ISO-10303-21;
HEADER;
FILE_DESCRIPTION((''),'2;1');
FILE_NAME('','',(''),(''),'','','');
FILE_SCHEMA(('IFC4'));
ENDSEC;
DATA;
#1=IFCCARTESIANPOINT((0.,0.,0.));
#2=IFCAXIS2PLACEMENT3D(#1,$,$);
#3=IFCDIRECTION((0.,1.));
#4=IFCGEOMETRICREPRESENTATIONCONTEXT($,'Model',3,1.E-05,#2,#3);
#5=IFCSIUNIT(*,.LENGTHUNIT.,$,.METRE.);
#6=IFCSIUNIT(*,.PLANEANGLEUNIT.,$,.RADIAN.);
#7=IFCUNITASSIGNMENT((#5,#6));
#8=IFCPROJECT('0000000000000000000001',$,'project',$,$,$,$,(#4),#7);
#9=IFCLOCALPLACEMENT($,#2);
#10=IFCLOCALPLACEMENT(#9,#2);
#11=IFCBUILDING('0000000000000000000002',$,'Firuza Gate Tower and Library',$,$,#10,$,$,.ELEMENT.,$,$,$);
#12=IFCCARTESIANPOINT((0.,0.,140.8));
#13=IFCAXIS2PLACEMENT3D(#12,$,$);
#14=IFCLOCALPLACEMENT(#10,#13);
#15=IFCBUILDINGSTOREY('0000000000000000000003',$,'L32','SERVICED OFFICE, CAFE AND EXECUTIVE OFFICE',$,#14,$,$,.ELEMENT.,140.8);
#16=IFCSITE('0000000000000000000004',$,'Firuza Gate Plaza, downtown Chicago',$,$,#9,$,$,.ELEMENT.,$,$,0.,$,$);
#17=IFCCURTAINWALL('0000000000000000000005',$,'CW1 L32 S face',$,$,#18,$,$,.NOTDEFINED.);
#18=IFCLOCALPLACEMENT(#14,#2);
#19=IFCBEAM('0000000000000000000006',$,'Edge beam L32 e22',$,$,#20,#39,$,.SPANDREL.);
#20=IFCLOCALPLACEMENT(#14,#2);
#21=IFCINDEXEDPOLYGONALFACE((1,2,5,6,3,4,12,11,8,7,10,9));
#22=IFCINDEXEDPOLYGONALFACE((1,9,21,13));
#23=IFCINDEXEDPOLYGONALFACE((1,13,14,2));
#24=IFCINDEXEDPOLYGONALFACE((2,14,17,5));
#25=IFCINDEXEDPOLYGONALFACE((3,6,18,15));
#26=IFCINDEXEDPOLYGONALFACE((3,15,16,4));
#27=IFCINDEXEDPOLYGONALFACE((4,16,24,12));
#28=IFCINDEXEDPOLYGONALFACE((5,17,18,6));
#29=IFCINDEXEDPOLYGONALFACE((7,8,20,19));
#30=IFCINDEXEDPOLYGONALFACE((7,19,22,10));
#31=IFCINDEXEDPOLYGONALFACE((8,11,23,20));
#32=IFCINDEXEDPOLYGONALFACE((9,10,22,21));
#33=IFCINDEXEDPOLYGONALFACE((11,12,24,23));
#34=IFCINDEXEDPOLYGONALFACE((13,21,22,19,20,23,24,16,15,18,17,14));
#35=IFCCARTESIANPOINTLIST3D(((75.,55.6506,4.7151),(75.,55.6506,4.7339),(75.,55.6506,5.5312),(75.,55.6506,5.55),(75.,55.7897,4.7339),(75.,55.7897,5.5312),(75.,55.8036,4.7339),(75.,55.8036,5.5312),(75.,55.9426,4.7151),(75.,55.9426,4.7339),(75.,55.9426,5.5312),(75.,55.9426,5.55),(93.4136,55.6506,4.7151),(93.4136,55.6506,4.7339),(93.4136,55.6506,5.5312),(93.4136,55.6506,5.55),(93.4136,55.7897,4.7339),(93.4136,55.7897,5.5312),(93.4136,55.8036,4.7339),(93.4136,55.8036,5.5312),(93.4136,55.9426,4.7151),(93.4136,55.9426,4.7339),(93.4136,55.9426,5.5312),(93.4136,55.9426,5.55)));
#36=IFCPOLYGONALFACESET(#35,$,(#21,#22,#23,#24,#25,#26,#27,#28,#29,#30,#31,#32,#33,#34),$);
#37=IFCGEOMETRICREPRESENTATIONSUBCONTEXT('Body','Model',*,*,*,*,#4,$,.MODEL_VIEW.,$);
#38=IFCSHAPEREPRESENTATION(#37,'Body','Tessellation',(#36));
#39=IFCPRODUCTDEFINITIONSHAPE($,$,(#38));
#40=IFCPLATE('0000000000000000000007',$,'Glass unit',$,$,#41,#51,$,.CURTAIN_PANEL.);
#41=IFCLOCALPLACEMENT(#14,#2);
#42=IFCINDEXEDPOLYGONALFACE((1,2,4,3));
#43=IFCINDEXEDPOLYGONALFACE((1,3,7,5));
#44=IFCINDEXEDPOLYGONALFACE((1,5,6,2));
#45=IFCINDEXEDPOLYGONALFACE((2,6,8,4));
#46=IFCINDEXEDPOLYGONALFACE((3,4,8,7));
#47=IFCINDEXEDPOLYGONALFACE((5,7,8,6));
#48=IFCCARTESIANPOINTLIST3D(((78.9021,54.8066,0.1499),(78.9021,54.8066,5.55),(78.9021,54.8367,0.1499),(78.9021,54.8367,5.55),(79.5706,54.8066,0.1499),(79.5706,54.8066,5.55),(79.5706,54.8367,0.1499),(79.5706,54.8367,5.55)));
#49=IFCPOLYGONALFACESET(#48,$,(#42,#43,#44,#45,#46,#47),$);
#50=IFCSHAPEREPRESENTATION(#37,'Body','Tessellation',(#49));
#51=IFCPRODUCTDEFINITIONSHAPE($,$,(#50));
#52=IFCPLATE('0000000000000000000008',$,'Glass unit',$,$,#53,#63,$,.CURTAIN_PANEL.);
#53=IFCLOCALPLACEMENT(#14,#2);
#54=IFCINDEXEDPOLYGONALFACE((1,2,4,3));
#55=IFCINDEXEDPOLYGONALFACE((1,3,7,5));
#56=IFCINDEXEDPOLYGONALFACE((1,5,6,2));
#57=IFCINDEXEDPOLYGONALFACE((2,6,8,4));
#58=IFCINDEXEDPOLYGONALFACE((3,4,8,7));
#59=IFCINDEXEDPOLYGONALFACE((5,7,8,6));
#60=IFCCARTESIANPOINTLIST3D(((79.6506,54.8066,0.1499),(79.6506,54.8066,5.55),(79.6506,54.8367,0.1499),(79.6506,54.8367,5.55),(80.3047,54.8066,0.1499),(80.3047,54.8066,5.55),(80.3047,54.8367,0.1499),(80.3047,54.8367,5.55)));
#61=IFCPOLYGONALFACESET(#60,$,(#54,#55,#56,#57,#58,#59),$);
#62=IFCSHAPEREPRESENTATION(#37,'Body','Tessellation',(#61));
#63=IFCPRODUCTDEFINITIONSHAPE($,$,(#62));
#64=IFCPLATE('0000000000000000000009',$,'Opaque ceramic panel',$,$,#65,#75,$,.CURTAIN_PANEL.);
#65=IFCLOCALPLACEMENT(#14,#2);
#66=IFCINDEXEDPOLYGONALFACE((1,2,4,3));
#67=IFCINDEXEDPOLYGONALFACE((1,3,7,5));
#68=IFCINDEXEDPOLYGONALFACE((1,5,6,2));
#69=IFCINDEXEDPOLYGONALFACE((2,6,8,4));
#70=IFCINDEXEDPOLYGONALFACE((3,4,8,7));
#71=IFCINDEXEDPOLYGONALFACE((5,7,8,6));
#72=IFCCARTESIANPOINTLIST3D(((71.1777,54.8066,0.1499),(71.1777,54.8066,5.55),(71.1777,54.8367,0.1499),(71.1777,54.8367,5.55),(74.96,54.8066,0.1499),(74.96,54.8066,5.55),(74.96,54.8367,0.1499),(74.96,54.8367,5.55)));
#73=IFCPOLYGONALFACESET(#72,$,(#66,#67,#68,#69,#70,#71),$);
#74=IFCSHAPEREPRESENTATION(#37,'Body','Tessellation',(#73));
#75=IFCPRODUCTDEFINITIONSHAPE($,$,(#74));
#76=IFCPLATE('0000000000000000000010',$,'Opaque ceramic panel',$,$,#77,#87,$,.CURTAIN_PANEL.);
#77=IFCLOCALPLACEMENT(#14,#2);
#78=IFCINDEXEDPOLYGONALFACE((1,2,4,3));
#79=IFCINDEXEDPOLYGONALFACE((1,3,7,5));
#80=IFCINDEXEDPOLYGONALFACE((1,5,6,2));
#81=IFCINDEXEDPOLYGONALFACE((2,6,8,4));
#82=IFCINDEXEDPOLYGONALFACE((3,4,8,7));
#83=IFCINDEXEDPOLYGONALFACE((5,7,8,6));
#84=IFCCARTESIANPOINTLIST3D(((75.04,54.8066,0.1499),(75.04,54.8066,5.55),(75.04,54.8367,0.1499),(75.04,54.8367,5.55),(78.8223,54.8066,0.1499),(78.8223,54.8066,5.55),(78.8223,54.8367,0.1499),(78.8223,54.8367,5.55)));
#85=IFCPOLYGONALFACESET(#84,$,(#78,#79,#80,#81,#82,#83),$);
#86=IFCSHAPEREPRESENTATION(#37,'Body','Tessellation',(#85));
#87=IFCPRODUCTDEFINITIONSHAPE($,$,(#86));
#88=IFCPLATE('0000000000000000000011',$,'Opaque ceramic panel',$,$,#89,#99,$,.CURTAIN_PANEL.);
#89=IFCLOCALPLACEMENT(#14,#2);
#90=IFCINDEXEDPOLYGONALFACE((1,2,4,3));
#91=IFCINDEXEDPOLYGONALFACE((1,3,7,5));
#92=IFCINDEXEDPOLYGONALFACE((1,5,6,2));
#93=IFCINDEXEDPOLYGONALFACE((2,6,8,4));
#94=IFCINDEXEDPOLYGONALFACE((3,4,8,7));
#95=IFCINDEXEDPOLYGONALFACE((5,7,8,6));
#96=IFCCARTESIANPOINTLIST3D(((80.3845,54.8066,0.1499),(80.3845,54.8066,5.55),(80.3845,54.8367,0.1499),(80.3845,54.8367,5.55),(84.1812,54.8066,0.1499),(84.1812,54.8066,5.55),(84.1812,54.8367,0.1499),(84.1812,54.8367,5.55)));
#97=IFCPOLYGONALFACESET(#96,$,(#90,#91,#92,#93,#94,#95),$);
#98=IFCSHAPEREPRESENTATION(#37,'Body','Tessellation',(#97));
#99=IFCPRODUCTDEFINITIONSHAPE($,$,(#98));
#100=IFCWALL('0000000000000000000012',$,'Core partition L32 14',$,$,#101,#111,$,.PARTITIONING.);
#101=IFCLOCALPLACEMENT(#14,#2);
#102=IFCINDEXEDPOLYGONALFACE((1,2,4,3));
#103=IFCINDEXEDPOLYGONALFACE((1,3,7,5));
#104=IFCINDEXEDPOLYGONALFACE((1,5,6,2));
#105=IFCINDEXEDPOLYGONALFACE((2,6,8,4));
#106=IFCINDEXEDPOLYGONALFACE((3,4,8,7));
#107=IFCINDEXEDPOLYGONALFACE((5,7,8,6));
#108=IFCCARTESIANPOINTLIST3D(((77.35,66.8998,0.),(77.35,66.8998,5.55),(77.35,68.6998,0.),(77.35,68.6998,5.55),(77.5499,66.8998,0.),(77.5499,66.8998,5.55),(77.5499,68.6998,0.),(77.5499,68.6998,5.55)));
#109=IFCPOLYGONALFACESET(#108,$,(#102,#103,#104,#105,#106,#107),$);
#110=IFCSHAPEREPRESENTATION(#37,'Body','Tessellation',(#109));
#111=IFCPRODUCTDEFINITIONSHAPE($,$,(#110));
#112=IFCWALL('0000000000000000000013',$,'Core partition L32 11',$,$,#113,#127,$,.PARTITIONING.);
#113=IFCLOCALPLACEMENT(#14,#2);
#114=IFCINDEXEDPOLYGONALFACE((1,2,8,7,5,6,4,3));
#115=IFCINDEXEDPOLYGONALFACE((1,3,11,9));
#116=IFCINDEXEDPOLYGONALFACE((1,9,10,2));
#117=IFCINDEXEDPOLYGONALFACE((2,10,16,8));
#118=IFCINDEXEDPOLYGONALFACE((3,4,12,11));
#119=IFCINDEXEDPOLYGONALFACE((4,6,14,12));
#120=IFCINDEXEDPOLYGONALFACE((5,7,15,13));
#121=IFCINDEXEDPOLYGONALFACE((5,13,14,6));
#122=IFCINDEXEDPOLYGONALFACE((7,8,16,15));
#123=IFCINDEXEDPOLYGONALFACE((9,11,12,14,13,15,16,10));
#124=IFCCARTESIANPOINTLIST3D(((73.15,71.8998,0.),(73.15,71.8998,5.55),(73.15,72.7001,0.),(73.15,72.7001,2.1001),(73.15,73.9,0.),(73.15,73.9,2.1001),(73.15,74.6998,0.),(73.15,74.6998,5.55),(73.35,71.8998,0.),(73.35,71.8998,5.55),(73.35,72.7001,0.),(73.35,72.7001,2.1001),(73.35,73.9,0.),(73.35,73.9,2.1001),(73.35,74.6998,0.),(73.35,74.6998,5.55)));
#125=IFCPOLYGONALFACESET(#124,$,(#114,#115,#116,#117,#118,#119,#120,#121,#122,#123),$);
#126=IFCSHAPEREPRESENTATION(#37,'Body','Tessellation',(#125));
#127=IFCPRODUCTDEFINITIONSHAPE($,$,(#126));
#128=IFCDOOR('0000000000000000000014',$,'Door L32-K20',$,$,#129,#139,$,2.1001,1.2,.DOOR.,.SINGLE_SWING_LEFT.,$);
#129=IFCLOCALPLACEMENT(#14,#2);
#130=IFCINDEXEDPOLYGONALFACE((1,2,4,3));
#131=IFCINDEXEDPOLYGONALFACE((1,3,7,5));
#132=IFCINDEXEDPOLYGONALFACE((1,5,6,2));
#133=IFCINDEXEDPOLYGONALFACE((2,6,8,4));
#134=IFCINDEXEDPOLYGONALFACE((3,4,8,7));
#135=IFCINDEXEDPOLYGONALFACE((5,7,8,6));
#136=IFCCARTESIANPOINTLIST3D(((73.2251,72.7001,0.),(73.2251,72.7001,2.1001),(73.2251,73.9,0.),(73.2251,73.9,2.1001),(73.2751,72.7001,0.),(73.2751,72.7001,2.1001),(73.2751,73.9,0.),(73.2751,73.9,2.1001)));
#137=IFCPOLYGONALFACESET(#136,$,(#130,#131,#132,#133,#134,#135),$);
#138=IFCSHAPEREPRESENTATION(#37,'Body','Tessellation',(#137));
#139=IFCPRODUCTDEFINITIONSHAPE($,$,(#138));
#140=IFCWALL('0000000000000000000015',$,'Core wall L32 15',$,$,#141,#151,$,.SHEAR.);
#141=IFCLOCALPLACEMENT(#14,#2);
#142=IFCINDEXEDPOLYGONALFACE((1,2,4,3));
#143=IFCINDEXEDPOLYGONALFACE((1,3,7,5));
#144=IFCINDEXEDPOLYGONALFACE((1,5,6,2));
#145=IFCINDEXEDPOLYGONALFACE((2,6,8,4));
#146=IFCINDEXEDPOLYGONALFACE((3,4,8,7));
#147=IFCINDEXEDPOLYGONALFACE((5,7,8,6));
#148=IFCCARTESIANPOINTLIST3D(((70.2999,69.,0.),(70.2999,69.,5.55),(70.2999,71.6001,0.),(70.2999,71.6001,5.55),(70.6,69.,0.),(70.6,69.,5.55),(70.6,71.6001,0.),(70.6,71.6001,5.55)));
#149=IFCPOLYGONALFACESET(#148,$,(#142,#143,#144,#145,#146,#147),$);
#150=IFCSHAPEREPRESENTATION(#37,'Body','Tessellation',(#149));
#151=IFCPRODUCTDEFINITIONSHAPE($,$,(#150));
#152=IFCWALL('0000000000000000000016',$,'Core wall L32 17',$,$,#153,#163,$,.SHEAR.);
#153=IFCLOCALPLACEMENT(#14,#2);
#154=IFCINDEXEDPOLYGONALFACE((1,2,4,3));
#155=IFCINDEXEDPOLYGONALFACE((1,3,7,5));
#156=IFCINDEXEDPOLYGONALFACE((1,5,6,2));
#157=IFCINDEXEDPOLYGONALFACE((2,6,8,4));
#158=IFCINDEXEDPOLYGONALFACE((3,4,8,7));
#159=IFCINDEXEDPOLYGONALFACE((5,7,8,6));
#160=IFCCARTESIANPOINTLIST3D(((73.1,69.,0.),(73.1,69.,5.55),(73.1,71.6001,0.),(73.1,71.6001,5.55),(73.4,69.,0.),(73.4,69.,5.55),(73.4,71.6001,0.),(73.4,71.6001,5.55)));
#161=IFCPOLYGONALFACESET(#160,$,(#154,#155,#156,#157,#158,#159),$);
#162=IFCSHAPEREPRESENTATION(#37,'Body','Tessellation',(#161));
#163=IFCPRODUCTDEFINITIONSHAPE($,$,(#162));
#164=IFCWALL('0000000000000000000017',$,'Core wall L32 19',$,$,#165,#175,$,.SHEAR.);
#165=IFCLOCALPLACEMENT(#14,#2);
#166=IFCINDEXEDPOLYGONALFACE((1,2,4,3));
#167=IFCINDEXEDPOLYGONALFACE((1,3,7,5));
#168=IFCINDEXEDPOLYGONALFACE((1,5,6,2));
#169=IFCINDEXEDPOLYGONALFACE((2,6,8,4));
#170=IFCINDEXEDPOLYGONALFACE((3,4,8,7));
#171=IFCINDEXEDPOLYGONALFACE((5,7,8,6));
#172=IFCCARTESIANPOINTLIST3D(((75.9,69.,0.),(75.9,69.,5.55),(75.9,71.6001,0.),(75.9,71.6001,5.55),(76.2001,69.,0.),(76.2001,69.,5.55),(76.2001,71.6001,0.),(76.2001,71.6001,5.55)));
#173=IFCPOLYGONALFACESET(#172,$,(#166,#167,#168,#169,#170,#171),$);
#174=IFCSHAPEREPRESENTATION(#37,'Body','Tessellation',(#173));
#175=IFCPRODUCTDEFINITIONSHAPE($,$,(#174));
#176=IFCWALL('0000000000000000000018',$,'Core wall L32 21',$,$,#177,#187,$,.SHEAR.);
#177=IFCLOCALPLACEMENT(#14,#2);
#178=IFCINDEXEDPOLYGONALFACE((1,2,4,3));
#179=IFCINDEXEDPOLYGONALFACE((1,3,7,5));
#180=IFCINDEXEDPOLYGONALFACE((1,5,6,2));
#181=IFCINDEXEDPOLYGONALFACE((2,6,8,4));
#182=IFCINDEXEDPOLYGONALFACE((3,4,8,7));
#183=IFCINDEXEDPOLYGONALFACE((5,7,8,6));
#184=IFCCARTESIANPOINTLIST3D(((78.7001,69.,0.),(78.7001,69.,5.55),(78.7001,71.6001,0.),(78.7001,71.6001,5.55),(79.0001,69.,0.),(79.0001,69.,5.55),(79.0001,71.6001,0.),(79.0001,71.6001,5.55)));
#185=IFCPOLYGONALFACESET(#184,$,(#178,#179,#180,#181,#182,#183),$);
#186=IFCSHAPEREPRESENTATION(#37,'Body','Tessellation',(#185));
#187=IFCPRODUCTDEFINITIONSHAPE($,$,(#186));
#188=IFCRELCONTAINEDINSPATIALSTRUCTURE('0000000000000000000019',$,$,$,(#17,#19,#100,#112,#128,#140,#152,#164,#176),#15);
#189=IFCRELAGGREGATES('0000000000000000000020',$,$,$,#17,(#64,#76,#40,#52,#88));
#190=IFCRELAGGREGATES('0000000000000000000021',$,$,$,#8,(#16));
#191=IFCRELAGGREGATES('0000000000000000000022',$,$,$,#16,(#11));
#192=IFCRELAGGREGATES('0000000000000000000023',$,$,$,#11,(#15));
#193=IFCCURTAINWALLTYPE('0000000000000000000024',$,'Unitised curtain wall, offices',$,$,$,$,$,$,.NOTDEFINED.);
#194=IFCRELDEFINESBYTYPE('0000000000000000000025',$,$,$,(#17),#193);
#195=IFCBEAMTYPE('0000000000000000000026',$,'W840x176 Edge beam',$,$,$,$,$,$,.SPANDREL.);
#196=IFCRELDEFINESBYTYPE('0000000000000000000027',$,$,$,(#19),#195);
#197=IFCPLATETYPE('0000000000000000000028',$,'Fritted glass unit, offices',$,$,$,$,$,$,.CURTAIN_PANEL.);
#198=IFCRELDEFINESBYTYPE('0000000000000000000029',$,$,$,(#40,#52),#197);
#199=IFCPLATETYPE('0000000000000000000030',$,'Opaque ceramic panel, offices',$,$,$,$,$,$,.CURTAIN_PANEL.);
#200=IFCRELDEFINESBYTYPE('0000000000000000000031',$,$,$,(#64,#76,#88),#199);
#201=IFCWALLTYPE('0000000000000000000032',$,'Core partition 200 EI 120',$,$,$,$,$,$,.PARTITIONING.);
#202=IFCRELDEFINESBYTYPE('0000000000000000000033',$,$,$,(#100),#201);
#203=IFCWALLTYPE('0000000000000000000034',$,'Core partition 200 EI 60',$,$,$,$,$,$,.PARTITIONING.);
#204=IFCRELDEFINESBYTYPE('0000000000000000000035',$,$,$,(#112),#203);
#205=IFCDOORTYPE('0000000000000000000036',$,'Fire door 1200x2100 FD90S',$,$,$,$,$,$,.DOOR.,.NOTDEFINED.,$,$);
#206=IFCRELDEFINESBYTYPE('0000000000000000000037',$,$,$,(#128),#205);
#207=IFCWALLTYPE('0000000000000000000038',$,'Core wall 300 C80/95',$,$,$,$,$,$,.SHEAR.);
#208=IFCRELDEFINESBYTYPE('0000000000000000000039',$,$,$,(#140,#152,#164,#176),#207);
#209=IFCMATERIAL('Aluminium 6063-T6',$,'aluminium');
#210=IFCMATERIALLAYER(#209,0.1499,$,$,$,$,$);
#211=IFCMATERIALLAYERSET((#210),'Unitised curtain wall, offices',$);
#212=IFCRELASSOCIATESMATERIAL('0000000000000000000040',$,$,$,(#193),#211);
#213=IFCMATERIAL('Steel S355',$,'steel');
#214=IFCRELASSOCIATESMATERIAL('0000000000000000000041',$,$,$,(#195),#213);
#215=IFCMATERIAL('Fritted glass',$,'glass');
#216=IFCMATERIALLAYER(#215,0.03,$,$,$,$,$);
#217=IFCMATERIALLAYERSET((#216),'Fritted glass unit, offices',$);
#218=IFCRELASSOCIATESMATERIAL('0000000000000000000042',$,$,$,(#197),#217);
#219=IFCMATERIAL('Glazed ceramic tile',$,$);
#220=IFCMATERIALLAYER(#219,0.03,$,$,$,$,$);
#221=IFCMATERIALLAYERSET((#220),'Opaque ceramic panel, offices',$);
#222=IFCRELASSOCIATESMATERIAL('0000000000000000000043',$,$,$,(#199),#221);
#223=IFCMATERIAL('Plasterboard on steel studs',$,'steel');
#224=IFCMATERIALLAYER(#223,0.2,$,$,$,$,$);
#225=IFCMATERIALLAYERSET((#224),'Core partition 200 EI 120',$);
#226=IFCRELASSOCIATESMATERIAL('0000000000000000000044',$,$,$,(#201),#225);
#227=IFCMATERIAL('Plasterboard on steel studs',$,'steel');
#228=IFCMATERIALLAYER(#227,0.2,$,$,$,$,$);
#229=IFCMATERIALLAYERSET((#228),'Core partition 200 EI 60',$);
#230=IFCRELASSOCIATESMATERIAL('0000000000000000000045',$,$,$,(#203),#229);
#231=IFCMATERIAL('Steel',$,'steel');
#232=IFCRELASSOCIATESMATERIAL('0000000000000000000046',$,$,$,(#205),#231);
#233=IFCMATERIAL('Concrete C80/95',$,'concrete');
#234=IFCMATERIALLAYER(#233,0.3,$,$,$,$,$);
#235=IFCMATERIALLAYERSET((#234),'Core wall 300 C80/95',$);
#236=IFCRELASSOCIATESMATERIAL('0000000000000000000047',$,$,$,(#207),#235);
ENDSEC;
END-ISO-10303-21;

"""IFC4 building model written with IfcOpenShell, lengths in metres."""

from ifc_helpers import new_model, si_unit, direction, frame, frame_2d, origin, origin_2d, place, context, subcontext, project, spatial, polyline, rectangle, i_section, outline, extrude, material, layer, layer_set, material_profile, profile_set, type_object, element, fill, aggregate, save


model = new_model("IFC4")

# Units and contexts
model_context = context("Model", 3, precision=1e-05, world=origin(), true_north=direction((0.0, 1.0)))
body_context = subcontext(model_context, "Body", "Model", "MODEL_VIEW")
ifc_project = project(units=[si_unit("LENGTHUNIT", "METRE"), si_unit("PLANEANGLEUNIT", "RADIAN")], contexts=[model_context])

# Site, building, storey
site_placement = place(None, origin())
site = spatial("IfcSite", under=ifc_project, at=site_placement, Name="Firuza Gate Plaza, downtown Chicago", CompositionType="ELEMENT", RefElevation=0.0)
building_placement = place(site_placement, origin())
building = spatial("IfcBuilding", under=site, at=building_placement, Name="Firuza Gate Tower and Library", CompositionType="ELEMENT")
storey_placement = place(building_placement, frame((0.0, 0.0, 140.8)))
storey = spatial("IfcBuildingStorey", under=building, at=storey_placement, Name="L32", Description="SERVICED OFFICE, CAFE AND EXECUTIVE OFFICE", CompositionType="ELEMENT", Elevation=140.8)

# Curtain wall
ifc_material_1 = material(Name="Aluminium 6063-T6", Category="aluminium")
ifc_layer_1 = layer(ifc_material_1, 0.1499)
ifc_layer_set_1 = layer_set([ifc_layer_1], Name="Unitised curtain wall, offices")
curtain_wall_type = type_object("IfcCurtainWallType", Name="Unitised curtain wall, offices", PredefinedType="NOTDEFINED", material=ifc_layer_set_1)
curtain_wall_placement = place(storey_placement, origin())
curtain_wall = element("IfcCurtainWall", 1, at=curtain_wall_placement, inside=storey, type_object=curtain_wall_type, Name="CW1 L32 S face", PredefinedType="NOTDEFINED")

# Beam
ifc_material_2 = material(Name="Steel S355", Category="steel")
ifc_material_profile_1 = material_profile(ifc_material_2, i_section(OverallWidth=0.292, OverallDepth=0.835, WebThickness=0.0139, FlangeThickness=0.0188, at=origin_2d()))
ifc_profile_set_1 = profile_set([ifc_material_profile_1], Name="Steel S355")
beam_type_1 = type_object("IfcBeamType", Name="W840x176 Edge beam", PredefinedType="SPANDREL", material=ifc_profile_set_1)
beam_placement = place(storey_placement, frame((75.0, 55.7966, 5.1326), z_axis=(1.0, 0.0, 0.0), x_axis=(0.0, 1.0, 0.0)))
element("IfcBeam", 2, at=beam_placement, inside=storey, type_object=beam_type_1, Name="Edge beam L32 e22", PredefinedType="SPANDREL", context=body_context, shape_type="SweptSolid", body=[
    extrude(i_section(OverallWidth=0.292, OverallDepth=0.835, WebThickness=0.0139, FlangeThickness=0.0188, at=origin_2d()), origin(), (0.0, 0.0, 1.0), 18.4136),
])

# Plates
ifc_material_3 = material(Name="Fritted glass", Category="glass")
ifc_layer_2 = layer(ifc_material_3, 0.03)
ifc_layer_set_2 = layer_set([ifc_layer_2], Name="Fritted glass unit, offices")
plate_type_1 = type_object("IfcPlateType", Name="Fritted glass unit, offices", PredefinedType="CURTAIN_PANEL", material=ifc_layer_set_2)
plate_1_placement = place(storey_placement, frame((78.9021, 54.8066, 0.1499), z_axis=(0.0, -1.0, 0.0), x_axis=(1.0, 0.0, 0.0)))
plate_1 = element("IfcPlate", 3, at=plate_1_placement, type_object=plate_type_1, Name="Glass unit", PredefinedType="CURTAIN_PANEL", context=body_context, shape_type="SweptSolid", body=[
    extrude(outline(polyline([(0.0, 0.0), (0.6685, 0.0), (0.6685, 5.4001), (0.0, 5.4001), (0.0, 0.0)])), origin(), (0.0, 0.0, -1.0), 0.03),
])
plate_2_placement = place(storey_placement, frame((79.6506, 54.8066, 0.1499), z_axis=(0.0, -1.0, 0.0), x_axis=(1.0, 0.0, 0.0)))
plate_2 = element("IfcPlate", 4, at=plate_2_placement, type_object=plate_type_1, Name="Glass unit", PredefinedType="CURTAIN_PANEL", context=body_context, shape_type="SweptSolid", body=[
    extrude(outline(polyline([(0.0, 0.0), (0.6541, 0.0), (0.6541, 5.4001), (0.0, 5.4001), (0.0, 0.0)])), origin(), (0.0, 0.0, -1.0), 0.03),
])
ifc_material_4 = material(Name="Glazed ceramic tile")
ifc_layer_3 = layer(ifc_material_4, 0.03)
ifc_layer_set_3 = layer_set([ifc_layer_3], Name="Opaque ceramic panel, offices")
plate_type_2 = type_object("IfcPlateType", Name="Opaque ceramic panel, offices", PredefinedType="CURTAIN_PANEL", material=ifc_layer_set_3)
plate_3_placement = place(storey_placement, frame((71.1777, 54.8066, 0.1499), z_axis=(0.0, -1.0, 0.0), x_axis=(1.0, 0.0, 0.0)))
plate_3 = element("IfcPlate", 5, at=plate_3_placement, type_object=plate_type_2, Name="Opaque ceramic panel", PredefinedType="CURTAIN_PANEL", context=body_context, shape_type="SweptSolid", body=[
    extrude(outline(polyline([(0.0, 0.0), (3.7822, 0.0), (3.7822, 5.4001), (0.0, 5.4001), (0.0, 0.0)])), origin(), (0.0, 0.0, -1.0), 0.03),
])
plate_4_placement = place(storey_placement, frame((75.04, 54.8066, 0.1499), z_axis=(0.0, -1.0, 0.0), x_axis=(1.0, 0.0, 0.0)))
plate_4 = element("IfcPlate", 6, at=plate_4_placement, type_object=plate_type_2, Name="Opaque ceramic panel", PredefinedType="CURTAIN_PANEL", context=body_context, shape_type="SweptSolid", body=[
    extrude(outline(polyline([(0.0, 0.0), (3.7822, 0.0), (3.7822, 5.4001), (0.0, 5.4001), (0.0, 0.0)])), origin(), (0.0, 0.0, -1.0), 0.03),
])
plate_5_placement = place(storey_placement, frame((80.3845, 54.8066, 0.1499), z_axis=(0.0, -1.0, 0.0), x_axis=(1.0, 0.0, 0.0)))
plate_5 = element("IfcPlate", 7, at=plate_5_placement, type_object=plate_type_2, Name="Opaque ceramic panel", PredefinedType="CURTAIN_PANEL", context=body_context, shape_type="SweptSolid", body=[
    extrude(outline(polyline([(0.0, 0.0), (3.7966, 0.0), (3.7966, 5.4001), (0.0, 5.4001), (0.0, 0.0)])), origin(), (0.0, 0.0, -1.0), 0.03),
])
aggregate(curtain_wall, [plate_3, plate_4, plate_1, plate_2, plate_5])

# Wall
ifc_material_5 = material(Name="Plasterboard on steel studs", Category="steel")
ifc_layer_4 = layer(ifc_material_5, 0.2)
ifc_layer_set_4 = layer_set([ifc_layer_4], Name="Core partition 200 EI 120")
wall_type_1 = type_object("IfcWallType", Name="Core partition 200 EI 120", PredefinedType="PARTITIONING", material=ifc_layer_set_4)
wall_1_placement = place(storey_placement, frame((77.45, 66.8999, 0.0), z_axis=(0.0, 0.0, 1.0), x_axis=(0.0, 1.0, 0.0)))
element("IfcWall", 8, at=wall_1_placement, inside=storey, type_object=wall_type_1, Name="Core partition L32 14", PredefinedType="PARTITIONING", context=body_context, shape_type="SweptSolid", body=[
    extrude(rectangle(XDim=1.8, YDim=0.2, at=frame_2d((0.8999, 0.0))), origin(), (0.0, 0.0, 1.0), 5.55),
])

# Wall, opening, door
ifc_material_6 = material(Name="Plasterboard on steel studs", Category="steel")
ifc_layer_5 = layer(ifc_material_6, 0.2)
ifc_layer_set_5 = layer_set([ifc_layer_5], Name="Core partition 200 EI 60")
wall_type_2 = type_object("IfcWallType", Name="Core partition 200 EI 60", PredefinedType="PARTITIONING", material=ifc_layer_set_5)
wall_2_placement = place(storey_placement, frame((73.25, 71.8999, 0.0), z_axis=(0.0, 0.0, 1.0), x_axis=(0.0, 1.0, 0.0)))
wall_2 = element("IfcWall", 9, at=wall_2_placement, inside=storey, type_object=wall_type_2, Name="Core partition L32 11", PredefinedType="PARTITIONING", context=body_context, shape_type="SweptSolid", body=[
    extrude(rectangle(XDim=2.8, YDim=0.2, at=frame_2d((1.3999, 0.0))), origin(), (0.0, 0.0, 1.0), 5.55),
])
opening_placement = place(wall_2_placement, frame((0.8, 0.0, 0.0)))
opening = element("IfcOpeningElement", 10, at=opening_placement, cuts=wall_2, PredefinedType="OPENING", context=body_context, shape_type="SweptSolid", body=[
    extrude(rectangle(XDim=1.2, YDim=2.1001, at=frame_2d((0.6001, 1.05))), frame((0.0, 0.1099, 0.0), z_axis=(0.0, -1.0, 0.0), x_axis=(1.0, 0.0, 0.0)), (0.0, 0.0, 1.0), 0.22),
])
ifc_material_7 = material(Name="Steel", Category="steel")
door_type = type_object("IfcDoorType", Name="Fire door 1200x2100 FD90S", OperationType="NOTDEFINED", PredefinedType="DOOR", material=ifc_material_7)
door_placement = place(opening_placement, origin())
door = element("IfcDoor", 11, at=door_placement, inside=storey, type_object=door_type, Name="Door L32-K20", OperationType="SINGLE_SWING_LEFT", OverallHeight=2.1001, OverallWidth=1.2, PredefinedType="DOOR", context=body_context, shape_type="SweptSolid", body=[
    extrude(rectangle(XDim=1.2, YDim=2.1001, at=frame_2d((0.6001, 1.05))), frame((0.0, 0.0249, 0.0), z_axis=(0.0, -1.0, 0.0), x_axis=(1.0, 0.0, 0.0)), (0.0, 0.0, 1.0), 0.05),
])
fill(opening, door)

# Walls
ifc_material_8 = material(Name="Concrete C80/95", Category="concrete")
ifc_layer_6 = layer(ifc_material_8, 0.3)
ifc_layer_set_6 = layer_set([ifc_layer_6], Name="Core wall 300 C80/95")
wall_type_3 = type_object("IfcWallType", Name="Core wall 300 C80/95", PredefinedType="SHEAR", material=ifc_layer_set_6)
for number, where, z_axis, x_axis, name in (
    (12, (70.45, 69.0, 0.0), (0.0, 0.0, 1.0), (0.0, 1.0, 0.0), "Core wall L32 15"),
    (13, (73.25, 69.0, 0.0), (0.0, 0.0, 1.0), (0.0, 1.0, 0.0), "Core wall L32 17"),
    (14, (76.05, 69.0, 0.0), (0.0, 0.0, 1.0), (0.0, 1.0, 0.0), "Core wall L32 19"),
    (15, (78.8501, 69.0, 0.0), (0.0, 0.0, 1.0), (0.0, 1.0, 0.0), "Core wall L32 21"),
):
    element("IfcWall", number, at=place(storey_placement, frame(where, z_axis=z_axis, x_axis=x_axis)), inside=storey, type_object=wall_type_3, Name=name, PredefinedType="SHEAR", context=body_context, shape_type="SweptSolid", body=[
        extrude(rectangle(XDim=2.6001, YDim=0.3, at=frame_2d((1.3, 0.0))), origin(), (0.0, 0.0, 1.0), 5.55),
    ])

save(model, "model.ifc")
